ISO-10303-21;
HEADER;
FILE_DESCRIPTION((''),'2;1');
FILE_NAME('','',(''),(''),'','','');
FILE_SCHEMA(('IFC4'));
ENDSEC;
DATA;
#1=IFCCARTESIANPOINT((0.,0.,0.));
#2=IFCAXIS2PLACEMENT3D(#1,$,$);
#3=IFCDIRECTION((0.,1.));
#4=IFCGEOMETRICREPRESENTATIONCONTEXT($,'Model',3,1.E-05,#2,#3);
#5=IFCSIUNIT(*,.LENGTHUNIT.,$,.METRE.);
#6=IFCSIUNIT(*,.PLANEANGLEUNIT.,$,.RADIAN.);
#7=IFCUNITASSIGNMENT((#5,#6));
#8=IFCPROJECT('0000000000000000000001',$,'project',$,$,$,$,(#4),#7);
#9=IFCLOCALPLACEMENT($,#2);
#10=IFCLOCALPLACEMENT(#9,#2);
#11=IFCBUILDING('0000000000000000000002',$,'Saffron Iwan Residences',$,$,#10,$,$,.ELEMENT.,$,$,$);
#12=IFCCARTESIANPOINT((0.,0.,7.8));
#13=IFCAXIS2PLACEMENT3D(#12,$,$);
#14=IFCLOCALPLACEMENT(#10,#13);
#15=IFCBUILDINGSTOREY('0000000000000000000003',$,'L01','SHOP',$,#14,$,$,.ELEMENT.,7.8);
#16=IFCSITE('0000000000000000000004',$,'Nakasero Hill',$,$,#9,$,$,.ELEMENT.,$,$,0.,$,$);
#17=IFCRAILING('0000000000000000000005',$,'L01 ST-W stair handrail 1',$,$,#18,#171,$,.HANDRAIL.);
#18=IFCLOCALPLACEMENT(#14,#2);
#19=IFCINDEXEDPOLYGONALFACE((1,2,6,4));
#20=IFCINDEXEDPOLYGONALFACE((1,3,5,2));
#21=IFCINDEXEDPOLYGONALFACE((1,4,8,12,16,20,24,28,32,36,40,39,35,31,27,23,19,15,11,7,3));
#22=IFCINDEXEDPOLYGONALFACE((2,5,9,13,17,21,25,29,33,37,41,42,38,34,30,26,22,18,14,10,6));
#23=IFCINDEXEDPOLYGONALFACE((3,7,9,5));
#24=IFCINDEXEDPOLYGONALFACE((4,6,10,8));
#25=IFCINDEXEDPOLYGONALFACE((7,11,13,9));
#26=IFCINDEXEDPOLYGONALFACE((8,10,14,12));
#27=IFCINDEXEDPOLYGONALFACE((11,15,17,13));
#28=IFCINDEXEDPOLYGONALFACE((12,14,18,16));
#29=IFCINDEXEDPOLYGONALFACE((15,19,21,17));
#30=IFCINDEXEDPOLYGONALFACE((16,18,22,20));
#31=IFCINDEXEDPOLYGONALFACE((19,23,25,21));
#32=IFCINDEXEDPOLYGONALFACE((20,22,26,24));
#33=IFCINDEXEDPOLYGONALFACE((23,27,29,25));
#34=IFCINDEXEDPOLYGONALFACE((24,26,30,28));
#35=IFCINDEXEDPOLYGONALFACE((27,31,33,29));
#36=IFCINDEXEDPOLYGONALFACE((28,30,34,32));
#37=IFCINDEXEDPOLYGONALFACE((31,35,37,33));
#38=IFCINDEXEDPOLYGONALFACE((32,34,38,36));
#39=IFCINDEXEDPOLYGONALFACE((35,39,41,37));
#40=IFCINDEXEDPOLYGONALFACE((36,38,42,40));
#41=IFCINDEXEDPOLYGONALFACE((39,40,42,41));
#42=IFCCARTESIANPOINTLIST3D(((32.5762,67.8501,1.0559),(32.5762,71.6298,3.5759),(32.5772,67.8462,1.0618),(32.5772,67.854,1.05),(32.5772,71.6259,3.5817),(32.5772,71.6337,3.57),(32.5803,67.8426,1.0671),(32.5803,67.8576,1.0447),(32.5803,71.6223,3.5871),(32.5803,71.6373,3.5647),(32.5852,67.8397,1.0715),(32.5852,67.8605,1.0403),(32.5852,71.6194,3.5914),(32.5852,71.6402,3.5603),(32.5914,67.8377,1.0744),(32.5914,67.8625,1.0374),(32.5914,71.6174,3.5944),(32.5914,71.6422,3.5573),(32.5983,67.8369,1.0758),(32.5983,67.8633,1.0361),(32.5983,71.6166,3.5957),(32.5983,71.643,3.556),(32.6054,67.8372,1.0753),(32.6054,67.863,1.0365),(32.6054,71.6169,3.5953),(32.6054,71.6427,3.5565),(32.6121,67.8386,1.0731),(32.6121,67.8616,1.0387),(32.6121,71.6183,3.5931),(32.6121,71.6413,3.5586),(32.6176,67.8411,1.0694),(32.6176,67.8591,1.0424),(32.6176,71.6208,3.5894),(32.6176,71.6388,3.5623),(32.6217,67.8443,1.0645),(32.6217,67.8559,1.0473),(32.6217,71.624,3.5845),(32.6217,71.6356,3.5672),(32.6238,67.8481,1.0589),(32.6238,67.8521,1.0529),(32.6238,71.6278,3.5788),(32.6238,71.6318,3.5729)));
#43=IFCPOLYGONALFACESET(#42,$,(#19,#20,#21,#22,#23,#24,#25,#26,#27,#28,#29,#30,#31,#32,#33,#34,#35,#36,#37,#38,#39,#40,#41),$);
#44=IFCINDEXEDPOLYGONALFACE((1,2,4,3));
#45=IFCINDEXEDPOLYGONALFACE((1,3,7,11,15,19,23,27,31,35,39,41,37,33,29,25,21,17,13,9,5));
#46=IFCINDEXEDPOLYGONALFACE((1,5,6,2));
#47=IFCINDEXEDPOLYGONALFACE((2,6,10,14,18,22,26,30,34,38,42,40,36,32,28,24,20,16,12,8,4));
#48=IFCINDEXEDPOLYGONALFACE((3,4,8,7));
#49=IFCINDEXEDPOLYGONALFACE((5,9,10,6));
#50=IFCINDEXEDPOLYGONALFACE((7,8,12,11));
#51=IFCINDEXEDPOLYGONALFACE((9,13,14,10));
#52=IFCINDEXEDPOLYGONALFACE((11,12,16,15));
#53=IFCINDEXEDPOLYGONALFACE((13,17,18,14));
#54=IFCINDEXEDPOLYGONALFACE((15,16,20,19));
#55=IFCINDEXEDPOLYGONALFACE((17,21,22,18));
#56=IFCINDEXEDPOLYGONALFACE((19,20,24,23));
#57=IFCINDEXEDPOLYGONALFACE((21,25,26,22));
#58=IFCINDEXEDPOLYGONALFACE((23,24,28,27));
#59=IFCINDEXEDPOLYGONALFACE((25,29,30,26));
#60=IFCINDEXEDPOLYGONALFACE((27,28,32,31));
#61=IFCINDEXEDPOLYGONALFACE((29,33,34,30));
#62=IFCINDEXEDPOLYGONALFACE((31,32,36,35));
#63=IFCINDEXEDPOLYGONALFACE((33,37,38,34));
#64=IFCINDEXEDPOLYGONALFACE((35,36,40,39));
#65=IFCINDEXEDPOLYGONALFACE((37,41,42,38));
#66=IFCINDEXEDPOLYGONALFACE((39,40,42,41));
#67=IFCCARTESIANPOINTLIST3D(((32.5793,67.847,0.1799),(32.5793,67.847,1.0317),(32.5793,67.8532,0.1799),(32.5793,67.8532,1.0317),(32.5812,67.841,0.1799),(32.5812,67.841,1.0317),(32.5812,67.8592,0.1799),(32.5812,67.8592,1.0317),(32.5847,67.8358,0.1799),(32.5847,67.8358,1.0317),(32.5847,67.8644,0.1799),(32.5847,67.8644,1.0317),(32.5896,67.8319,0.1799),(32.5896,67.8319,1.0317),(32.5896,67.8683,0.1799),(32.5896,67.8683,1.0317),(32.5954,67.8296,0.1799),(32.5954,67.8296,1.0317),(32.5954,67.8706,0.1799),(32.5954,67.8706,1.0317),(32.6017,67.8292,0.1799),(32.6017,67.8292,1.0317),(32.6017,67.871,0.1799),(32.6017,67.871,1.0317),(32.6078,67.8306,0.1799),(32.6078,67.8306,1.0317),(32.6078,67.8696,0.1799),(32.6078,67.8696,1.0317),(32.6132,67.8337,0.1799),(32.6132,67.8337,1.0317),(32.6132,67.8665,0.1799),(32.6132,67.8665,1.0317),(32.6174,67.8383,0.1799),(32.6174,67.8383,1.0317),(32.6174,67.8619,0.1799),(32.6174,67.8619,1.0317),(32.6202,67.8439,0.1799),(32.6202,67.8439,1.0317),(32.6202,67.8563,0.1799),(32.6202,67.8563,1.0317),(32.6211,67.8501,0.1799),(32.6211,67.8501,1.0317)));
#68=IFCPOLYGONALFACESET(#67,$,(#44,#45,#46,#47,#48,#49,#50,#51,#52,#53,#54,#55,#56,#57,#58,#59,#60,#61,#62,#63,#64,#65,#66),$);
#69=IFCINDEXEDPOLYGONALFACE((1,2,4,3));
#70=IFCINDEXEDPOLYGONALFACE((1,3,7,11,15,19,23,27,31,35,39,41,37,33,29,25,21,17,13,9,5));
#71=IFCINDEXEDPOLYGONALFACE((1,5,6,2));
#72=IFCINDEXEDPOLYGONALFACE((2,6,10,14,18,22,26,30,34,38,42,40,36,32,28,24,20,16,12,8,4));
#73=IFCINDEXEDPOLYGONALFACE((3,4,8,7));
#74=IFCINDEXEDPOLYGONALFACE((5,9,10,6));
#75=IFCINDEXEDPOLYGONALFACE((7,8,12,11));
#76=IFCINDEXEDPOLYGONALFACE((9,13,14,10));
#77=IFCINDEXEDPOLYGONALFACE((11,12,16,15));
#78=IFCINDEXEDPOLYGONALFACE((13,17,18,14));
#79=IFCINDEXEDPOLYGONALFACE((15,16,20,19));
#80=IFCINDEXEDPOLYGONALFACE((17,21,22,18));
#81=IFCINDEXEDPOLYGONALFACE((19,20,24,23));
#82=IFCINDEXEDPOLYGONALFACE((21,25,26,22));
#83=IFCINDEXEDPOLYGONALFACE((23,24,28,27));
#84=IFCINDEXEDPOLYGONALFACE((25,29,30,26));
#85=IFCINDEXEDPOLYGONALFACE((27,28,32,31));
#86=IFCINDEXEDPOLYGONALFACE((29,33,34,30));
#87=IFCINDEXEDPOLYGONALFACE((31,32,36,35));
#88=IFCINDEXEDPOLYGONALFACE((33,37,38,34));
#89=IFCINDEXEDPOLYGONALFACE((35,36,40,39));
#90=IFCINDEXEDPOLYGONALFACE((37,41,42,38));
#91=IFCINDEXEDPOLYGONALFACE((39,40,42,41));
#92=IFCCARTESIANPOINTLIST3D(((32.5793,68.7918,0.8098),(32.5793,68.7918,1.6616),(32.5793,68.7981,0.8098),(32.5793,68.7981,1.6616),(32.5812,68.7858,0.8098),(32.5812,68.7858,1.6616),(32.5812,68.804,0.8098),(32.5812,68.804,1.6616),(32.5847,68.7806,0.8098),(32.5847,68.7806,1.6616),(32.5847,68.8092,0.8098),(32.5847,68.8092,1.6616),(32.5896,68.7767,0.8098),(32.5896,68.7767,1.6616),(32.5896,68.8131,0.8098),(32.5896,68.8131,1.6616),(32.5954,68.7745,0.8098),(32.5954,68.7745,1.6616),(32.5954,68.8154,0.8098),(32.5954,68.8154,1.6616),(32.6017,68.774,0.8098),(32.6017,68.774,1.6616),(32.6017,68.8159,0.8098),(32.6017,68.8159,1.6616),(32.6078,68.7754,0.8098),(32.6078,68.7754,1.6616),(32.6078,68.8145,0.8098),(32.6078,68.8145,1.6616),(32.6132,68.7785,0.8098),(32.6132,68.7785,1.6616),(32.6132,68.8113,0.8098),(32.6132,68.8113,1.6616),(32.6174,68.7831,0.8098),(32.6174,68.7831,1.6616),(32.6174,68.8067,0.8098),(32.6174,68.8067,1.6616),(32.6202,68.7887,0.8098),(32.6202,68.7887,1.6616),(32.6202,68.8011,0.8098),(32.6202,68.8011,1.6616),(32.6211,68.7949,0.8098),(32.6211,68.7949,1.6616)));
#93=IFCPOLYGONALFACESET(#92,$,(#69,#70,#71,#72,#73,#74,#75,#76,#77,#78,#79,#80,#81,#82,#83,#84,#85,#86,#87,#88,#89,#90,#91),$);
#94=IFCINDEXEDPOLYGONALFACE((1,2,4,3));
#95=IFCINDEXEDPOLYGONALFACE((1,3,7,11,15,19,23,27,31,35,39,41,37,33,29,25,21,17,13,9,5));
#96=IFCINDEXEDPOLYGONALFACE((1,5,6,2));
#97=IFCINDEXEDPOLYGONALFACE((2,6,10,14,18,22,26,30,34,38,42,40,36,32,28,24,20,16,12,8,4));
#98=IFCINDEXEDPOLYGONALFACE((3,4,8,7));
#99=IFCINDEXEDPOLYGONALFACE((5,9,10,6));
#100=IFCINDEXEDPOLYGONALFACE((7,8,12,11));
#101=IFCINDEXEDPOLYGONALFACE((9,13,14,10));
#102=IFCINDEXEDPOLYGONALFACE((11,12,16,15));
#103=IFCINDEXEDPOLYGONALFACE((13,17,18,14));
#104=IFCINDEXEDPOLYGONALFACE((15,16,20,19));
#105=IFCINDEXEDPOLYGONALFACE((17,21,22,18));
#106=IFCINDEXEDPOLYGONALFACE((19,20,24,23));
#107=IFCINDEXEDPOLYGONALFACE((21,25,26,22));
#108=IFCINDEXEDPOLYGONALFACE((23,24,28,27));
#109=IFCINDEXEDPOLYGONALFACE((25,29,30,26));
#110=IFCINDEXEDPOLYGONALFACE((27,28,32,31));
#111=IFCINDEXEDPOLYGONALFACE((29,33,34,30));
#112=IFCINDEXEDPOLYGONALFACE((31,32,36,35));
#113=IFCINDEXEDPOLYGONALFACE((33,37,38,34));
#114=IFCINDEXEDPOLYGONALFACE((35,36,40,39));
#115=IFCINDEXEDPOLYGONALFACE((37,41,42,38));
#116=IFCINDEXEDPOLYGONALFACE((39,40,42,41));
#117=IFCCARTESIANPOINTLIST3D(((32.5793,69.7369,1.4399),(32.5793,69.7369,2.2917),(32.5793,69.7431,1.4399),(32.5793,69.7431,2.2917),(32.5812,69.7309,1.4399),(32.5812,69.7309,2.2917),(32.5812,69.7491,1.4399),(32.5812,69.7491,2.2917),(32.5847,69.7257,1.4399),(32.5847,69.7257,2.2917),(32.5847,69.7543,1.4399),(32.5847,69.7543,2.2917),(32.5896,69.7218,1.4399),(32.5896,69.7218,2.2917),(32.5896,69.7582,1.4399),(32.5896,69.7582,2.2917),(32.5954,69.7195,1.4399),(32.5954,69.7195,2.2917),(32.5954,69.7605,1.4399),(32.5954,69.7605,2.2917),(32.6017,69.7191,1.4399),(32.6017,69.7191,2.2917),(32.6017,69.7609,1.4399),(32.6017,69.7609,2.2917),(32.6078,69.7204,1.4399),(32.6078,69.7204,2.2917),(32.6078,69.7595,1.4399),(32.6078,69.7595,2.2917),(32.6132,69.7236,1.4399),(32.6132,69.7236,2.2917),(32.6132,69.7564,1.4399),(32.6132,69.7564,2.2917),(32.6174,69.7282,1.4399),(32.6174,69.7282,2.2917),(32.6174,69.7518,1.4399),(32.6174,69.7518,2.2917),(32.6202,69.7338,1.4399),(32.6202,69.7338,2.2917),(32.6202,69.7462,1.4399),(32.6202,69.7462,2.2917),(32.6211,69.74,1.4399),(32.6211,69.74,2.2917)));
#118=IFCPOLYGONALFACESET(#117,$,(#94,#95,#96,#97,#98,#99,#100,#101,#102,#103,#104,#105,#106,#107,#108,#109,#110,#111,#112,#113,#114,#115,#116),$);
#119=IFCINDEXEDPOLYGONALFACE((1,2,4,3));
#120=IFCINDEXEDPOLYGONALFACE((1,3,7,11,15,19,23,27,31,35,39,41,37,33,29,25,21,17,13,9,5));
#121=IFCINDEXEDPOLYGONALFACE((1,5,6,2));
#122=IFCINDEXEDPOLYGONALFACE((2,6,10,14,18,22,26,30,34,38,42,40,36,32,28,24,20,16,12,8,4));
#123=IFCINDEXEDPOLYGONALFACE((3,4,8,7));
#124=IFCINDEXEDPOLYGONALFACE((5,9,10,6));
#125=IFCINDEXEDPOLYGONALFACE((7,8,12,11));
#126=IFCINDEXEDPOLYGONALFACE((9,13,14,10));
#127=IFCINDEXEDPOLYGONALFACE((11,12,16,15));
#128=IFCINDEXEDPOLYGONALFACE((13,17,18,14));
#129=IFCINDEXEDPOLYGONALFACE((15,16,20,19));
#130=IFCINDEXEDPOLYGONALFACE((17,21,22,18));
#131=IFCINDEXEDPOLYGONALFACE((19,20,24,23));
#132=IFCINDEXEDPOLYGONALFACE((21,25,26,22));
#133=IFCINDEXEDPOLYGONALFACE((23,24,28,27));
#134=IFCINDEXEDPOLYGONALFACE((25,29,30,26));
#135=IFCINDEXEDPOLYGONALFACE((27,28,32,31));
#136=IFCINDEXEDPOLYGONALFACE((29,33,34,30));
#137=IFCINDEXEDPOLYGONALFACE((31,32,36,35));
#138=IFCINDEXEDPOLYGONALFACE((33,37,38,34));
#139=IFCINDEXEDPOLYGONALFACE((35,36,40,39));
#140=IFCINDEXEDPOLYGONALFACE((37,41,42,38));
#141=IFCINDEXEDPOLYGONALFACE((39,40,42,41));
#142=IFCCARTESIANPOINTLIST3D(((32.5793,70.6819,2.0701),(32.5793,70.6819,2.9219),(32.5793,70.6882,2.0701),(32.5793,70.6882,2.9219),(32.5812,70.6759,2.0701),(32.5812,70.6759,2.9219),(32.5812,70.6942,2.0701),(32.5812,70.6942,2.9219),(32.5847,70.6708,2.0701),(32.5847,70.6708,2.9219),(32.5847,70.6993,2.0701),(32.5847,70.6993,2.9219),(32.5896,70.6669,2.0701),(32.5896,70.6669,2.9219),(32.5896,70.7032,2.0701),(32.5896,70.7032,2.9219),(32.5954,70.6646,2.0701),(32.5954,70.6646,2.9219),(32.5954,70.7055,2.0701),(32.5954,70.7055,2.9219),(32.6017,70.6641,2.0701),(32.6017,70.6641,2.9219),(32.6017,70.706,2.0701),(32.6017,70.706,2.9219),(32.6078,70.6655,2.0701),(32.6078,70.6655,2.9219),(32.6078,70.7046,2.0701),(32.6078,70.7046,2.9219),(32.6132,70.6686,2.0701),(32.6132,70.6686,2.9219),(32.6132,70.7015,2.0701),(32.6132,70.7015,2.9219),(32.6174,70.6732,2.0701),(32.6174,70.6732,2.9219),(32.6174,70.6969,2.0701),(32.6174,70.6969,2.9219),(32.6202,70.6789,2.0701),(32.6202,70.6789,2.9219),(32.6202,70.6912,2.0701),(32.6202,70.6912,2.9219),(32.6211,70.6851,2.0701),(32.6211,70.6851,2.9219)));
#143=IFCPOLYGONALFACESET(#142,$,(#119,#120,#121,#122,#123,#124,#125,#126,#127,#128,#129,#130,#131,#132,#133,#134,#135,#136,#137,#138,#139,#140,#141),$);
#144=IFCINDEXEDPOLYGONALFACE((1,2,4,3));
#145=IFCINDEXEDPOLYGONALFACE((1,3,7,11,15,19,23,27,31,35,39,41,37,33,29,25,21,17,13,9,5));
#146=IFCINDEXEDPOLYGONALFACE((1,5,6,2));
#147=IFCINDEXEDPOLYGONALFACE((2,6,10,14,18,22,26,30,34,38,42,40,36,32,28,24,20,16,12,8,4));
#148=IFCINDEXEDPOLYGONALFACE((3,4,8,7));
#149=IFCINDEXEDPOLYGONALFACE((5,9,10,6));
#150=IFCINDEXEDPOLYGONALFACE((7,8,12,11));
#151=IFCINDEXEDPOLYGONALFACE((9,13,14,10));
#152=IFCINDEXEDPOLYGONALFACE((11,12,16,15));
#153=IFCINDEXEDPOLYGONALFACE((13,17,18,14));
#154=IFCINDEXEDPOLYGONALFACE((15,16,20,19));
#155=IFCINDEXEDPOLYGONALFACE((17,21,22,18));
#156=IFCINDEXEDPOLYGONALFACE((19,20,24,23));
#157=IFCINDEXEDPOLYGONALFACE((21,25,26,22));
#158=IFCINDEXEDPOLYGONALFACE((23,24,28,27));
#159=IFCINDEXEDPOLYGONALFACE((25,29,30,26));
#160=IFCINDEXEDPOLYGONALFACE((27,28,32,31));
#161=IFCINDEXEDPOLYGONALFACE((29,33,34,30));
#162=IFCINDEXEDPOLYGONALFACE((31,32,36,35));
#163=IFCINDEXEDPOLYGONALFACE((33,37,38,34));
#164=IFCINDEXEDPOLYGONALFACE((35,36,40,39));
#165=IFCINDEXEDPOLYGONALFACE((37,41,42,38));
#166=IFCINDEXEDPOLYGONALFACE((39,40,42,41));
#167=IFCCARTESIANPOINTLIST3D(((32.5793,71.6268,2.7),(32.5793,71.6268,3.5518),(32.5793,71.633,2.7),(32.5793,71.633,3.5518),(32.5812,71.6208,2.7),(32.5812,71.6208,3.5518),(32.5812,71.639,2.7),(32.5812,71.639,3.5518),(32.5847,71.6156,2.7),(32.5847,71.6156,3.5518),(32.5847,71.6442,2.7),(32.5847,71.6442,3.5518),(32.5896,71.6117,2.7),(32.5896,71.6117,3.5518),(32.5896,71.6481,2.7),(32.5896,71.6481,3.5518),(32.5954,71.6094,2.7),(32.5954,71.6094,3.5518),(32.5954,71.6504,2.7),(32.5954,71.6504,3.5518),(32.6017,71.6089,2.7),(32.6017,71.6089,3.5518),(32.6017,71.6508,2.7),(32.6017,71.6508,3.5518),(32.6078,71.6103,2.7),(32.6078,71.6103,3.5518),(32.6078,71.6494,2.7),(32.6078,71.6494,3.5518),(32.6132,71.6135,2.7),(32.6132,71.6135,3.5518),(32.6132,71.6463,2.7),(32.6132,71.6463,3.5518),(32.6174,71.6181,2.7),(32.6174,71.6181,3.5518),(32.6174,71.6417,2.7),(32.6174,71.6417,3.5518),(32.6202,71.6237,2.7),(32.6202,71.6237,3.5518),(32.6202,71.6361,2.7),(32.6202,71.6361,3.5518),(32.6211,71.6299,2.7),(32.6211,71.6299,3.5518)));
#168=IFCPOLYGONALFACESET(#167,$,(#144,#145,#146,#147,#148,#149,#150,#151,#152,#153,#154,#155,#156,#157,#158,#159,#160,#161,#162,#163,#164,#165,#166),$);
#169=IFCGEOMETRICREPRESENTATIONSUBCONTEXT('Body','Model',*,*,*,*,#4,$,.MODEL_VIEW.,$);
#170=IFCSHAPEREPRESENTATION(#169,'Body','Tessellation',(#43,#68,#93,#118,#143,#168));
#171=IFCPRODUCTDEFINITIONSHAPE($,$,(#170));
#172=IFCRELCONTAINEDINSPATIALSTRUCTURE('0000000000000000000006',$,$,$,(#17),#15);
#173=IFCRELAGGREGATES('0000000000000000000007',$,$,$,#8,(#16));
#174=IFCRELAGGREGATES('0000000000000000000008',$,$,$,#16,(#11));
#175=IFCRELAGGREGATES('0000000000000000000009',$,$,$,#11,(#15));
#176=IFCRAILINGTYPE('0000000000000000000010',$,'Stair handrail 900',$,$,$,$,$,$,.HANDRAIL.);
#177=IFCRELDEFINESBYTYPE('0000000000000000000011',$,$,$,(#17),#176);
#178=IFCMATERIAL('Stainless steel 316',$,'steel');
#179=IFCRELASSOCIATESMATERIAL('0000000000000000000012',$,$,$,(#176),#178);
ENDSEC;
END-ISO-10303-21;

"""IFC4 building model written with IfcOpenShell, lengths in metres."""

from ifc_helpers import new_model, si_unit, direction, frame, origin, origin_2d, place, context, subcontext, project, spatial, circle, extrude, material, type_object, element, save


model = new_model("IFC4")

# Units and contexts
model_context = context("Model", 3, precision=1e-05, world=origin(), true_north=direction((0.0, 1.0)))
body_context = subcontext(model_context, "Body", "Model", "MODEL_VIEW")
ifc_project = project(units=[si_unit("LENGTHUNIT", "METRE"), si_unit("PLANEANGLEUNIT", "RADIAN")], contexts=[model_context])

# Site, building, storey
site_placement = place(None, origin())
site = spatial("IfcSite", under=ifc_project, at=site_placement, Name="Nakasero Hill", CompositionType="ELEMENT", RefElevation=0.0)
building_placement = place(site_placement, origin())
building = spatial("IfcBuilding", under=site, at=building_placement, Name="Saffron Iwan Residences", CompositionType="ELEMENT")
storey_placement = place(building_placement, frame((0.0, 0.0, 7.8)))
storey = spatial("IfcBuildingStorey", under=building, at=storey_placement, Name="L01", Description="SHOP", CompositionType="ELEMENT", Elevation=7.8)

# Railing
ifc_material_1 = material(Name="Stainless steel 316", Category="steel")
railing_type = type_object("IfcRailingType", Name="Stair handrail 900", PredefinedType="HANDRAIL", material=ifc_material_1)
railing_placement = place(storey_placement, frame((32.6001, 67.8501, 0.1799)))
element("IfcRailing", 1, at=railing_placement, inside=storey, type_object=railing_type, Name="L01 ST-W stair handrail 1", PredefinedType="HANDRAIL", context=body_context, shape_type="SweptSolid", body=[
    extrude(circle(Radius=0.0239, at=origin_2d()), frame((0.0, 0.0, 0.876), z_axis=(0.0, 0.832034, 0.554725), x_axis=(-1.0, 0.0, 0.0)), (0.0, 0.0, 1.0), 4.5427),
    extrude(circle(Radius=0.021, at=origin_2d()), origin(), (0.0, 0.0, 1.0), 0.8518),
    extrude(circle(Radius=0.021, at=origin_2d()), frame((0.0, 0.9448, 0.6299)), (0.0, 0.0, 1.0), 0.8518),
    extrude(circle(Radius=0.021, at=origin_2d()), frame((0.0, 1.8899, 1.26)), (0.0, 0.0, 1.0), 0.8518),
    extrude(circle(Radius=0.021, at=origin_2d()), frame((0.0, 2.835, 1.8901)), (0.0, 0.0, 1.0), 0.8518),
    extrude(circle(Radius=0.021, at=origin_2d()), frame((0.0, 3.7798, 2.52)), (0.0, 0.0, 1.0), 0.8518),
])

save(model, "model.ifc")
